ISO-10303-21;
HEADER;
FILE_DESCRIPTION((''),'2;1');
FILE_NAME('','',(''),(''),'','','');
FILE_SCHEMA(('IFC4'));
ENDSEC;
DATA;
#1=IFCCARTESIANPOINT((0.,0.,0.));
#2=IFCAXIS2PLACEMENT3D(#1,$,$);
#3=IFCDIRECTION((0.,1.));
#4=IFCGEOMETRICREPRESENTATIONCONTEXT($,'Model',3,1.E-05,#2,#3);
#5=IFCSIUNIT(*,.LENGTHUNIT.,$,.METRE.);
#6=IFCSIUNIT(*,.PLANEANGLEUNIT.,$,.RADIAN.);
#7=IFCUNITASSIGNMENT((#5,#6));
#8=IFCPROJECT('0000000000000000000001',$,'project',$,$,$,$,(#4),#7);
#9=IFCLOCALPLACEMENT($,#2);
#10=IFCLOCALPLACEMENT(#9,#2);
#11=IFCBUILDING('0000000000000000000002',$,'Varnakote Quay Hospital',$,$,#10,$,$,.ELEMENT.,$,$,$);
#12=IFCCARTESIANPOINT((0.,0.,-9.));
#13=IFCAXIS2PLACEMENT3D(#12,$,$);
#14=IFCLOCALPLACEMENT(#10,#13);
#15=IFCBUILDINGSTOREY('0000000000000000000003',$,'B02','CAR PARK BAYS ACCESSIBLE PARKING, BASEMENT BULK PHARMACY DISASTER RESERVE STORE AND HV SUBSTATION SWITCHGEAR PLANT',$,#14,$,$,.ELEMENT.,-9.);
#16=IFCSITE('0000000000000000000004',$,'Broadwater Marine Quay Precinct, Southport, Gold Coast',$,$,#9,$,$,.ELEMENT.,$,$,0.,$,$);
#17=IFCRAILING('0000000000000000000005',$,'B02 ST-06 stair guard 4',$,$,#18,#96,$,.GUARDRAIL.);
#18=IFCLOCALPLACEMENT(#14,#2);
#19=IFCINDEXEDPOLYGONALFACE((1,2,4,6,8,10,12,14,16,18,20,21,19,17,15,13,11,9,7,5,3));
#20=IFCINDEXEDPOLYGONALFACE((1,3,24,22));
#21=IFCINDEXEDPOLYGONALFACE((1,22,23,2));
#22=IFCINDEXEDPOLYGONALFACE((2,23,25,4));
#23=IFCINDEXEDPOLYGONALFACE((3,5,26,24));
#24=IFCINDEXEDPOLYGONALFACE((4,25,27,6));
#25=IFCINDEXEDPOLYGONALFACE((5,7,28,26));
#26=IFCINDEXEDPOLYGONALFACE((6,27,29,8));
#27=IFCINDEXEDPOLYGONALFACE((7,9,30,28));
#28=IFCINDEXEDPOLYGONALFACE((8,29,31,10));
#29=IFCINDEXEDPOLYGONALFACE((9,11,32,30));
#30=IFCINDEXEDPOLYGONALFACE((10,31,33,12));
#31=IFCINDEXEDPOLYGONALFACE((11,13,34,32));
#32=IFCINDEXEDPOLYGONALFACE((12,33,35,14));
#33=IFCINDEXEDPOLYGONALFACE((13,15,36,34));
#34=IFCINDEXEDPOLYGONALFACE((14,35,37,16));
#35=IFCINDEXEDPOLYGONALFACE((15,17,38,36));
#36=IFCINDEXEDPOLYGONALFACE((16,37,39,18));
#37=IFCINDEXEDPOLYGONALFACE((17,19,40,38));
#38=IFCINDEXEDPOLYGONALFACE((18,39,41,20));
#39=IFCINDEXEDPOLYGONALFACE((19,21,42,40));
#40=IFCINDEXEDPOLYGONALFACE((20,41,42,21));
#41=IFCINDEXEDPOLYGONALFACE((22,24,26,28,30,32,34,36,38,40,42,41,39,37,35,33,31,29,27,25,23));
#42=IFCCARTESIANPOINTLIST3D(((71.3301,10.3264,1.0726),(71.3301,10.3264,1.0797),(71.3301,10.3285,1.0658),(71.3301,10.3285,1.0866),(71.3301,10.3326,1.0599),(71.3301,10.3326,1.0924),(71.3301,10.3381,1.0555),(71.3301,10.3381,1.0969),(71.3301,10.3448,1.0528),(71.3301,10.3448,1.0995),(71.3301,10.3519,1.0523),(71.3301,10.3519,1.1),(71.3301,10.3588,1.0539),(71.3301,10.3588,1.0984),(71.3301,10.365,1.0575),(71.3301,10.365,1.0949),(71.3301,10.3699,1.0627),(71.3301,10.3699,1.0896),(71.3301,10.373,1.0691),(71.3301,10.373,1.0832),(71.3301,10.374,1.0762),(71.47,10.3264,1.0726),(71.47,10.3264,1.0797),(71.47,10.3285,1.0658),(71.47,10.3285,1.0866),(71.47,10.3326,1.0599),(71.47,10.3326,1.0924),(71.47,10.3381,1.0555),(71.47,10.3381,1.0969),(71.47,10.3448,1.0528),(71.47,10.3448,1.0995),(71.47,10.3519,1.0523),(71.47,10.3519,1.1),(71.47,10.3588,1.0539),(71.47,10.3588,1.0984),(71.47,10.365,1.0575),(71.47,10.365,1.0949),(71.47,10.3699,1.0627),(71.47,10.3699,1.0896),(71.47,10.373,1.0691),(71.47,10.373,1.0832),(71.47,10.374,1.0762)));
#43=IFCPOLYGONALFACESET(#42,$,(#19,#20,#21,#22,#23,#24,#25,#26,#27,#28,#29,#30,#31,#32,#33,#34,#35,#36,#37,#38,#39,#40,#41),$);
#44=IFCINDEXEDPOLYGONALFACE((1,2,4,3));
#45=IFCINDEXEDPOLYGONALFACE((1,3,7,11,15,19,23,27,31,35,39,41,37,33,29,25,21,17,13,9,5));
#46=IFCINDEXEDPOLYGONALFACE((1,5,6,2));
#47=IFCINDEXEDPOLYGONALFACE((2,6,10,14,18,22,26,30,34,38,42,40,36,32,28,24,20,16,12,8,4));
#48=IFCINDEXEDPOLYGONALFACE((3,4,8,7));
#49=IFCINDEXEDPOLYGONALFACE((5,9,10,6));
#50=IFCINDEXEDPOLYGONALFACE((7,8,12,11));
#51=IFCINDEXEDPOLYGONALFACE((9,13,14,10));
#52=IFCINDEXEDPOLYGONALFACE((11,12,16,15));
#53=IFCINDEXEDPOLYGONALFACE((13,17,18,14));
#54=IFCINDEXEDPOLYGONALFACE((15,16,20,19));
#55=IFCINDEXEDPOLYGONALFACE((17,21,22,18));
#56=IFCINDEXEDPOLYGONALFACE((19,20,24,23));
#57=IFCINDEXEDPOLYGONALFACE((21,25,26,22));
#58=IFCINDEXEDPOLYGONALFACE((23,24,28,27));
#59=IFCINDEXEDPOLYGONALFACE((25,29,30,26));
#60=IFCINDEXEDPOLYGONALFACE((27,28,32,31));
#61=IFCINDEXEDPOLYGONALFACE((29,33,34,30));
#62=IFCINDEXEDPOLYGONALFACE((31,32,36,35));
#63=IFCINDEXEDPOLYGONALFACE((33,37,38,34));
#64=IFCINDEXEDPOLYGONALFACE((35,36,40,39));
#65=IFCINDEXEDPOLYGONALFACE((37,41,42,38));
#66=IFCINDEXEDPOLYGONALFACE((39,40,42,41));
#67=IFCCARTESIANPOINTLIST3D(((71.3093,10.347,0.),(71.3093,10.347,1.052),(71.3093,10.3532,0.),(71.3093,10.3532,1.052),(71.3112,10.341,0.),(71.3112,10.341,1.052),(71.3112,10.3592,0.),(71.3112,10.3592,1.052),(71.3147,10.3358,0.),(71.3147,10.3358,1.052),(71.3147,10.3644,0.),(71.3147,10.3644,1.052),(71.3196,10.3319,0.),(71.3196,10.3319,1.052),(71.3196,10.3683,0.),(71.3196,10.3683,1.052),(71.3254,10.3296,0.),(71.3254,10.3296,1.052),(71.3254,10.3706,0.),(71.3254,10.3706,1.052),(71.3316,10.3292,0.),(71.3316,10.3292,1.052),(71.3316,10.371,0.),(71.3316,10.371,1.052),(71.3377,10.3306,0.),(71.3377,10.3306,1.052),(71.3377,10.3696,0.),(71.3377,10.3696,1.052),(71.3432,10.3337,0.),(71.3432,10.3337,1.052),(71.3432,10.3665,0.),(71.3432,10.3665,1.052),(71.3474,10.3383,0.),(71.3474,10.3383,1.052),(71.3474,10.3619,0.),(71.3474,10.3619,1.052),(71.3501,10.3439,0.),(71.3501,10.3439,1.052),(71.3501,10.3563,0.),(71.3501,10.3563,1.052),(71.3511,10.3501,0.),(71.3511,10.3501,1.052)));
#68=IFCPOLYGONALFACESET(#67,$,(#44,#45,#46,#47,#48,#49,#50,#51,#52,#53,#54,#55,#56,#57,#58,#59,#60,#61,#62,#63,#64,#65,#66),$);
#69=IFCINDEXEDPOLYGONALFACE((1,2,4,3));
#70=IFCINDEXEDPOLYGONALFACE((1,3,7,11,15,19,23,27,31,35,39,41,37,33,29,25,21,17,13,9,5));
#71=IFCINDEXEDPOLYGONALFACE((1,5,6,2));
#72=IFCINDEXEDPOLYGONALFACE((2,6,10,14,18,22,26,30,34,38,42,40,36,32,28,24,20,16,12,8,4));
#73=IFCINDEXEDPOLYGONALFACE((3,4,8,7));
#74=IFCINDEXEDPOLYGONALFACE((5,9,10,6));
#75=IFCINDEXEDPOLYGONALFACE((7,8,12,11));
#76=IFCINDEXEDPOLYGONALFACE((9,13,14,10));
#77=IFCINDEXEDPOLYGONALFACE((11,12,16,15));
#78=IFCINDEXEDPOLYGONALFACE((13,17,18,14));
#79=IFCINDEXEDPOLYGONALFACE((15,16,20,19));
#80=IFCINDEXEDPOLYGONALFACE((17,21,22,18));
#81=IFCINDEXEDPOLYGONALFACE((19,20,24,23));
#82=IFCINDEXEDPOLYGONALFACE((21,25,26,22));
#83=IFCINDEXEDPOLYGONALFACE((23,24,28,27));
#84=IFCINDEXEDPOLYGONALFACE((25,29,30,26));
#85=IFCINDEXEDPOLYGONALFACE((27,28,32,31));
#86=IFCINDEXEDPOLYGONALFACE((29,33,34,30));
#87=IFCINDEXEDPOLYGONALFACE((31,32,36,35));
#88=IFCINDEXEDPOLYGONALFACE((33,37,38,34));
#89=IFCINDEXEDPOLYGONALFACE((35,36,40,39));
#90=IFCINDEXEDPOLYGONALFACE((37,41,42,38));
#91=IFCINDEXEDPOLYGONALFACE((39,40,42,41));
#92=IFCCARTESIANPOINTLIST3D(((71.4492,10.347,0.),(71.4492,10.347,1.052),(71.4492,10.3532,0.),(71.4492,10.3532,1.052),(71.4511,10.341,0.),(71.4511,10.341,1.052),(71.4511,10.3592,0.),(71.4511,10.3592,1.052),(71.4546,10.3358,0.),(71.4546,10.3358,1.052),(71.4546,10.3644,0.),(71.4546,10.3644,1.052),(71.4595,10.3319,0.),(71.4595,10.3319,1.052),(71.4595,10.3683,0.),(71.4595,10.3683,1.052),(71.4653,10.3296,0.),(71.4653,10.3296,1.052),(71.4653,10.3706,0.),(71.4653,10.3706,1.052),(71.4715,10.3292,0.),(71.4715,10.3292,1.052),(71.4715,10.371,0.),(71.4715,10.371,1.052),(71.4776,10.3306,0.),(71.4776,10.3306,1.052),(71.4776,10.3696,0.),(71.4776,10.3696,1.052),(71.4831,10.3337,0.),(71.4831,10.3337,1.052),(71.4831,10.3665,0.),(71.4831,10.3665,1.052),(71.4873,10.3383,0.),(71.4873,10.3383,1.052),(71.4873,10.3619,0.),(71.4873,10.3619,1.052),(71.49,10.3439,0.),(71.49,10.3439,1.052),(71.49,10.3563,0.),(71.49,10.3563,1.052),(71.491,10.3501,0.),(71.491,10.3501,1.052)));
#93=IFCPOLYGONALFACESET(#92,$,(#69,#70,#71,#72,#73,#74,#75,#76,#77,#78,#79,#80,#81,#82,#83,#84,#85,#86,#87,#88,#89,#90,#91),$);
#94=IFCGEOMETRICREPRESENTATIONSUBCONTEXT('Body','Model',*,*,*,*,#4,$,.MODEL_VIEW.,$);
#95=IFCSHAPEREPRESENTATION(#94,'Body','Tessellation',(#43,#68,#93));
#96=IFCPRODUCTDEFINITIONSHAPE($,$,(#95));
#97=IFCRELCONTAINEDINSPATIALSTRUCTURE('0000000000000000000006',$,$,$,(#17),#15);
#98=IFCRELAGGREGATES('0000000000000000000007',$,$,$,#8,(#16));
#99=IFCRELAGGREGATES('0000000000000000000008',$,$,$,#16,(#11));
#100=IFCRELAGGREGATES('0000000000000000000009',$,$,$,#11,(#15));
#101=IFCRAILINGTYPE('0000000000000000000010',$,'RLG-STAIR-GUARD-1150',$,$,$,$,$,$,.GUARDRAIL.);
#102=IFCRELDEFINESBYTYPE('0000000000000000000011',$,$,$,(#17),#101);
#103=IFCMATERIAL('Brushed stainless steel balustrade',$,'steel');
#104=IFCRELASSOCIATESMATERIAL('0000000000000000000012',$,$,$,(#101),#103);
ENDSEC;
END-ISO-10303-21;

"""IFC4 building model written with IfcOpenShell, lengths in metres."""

from ifc_helpers import new_model, si_unit, direction, frame, origin, origin_2d, place, context, subcontext, project, spatial, circle, extrude, material, type_object, element, save


model = new_model("IFC4")

# Units and contexts
model_context = context("Model", 3, precision=1e-05, world=origin(), true_north=direction((0.0, 1.0)))
body_context = subcontext(model_context, "Body", "Model", "MODEL_VIEW")
ifc_project = project(units=[si_unit("LENGTHUNIT", "METRE"), si_unit("PLANEANGLEUNIT", "RADIAN")], contexts=[model_context])

# Site, building, storey
site_placement = place(None, origin())
site = spatial("IfcSite", under=ifc_project, at=site_placement, Name="Broadwater Marine Quay Precinct, Southport, Gold Coast", CompositionType="ELEMENT", RefElevation=0.0)
building_placement = place(site_placement, origin())
building = spatial("IfcBuilding", under=site, at=building_placement, Name="Varnakote Quay Hospital", CompositionType="ELEMENT")
storey_placement = place(building_placement, frame((0.0, 0.0, -9.0)))
storey = spatial("IfcBuildingStorey", under=building, at=storey_placement, Name="B02", Description="CAR PARK BAYS ACCESSIBLE PARKING, BASEMENT BULK PHARMACY DISASTER RESERVE STORE AND HV SUBSTATION SWITCHGEAR PLANT", CompositionType="ELEMENT", Elevation=-9.0)

# Railing
ifc_material_1 = material(Name="Brushed stainless steel balustrade", Category="steel")
railing_type_1 = type_object("IfcRailingType", Name="RLG-STAIR-GUARD-1150", PredefinedType="GUARDRAIL", material=ifc_material_1)
railing_1_placement = place(storey_placement, frame((71.3301, 10.3501, 0.0)))
element("IfcRailing", 1, at=railing_1_placement, inside=storey, type_object=railing_type_1, Name="B02 ST-06 stair guard 4", PredefinedType="GUARDRAIL", context=body_context, shape_type="SweptSolid", body=[
    extrude(circle(Radius=0.0239, at=origin_2d()), frame((0.0, 0.0, 1.0762), z_axis=(1.0, 0.0, 0.0), x_axis=(0.0, 1.0, 0.0)), (0.0, 0.0, 1.0), 0.1399),
    extrude(circle(Radius=0.021, at=origin_2d()), origin(), (0.0, 0.0, 1.0), 1.052),
    extrude(circle(Radius=0.021, at=origin_2d()), frame((0.1399, 0.0, 0.0)), (0.0, 0.0, 1.0), 1.052),
])

save(model, "model.ifc")
